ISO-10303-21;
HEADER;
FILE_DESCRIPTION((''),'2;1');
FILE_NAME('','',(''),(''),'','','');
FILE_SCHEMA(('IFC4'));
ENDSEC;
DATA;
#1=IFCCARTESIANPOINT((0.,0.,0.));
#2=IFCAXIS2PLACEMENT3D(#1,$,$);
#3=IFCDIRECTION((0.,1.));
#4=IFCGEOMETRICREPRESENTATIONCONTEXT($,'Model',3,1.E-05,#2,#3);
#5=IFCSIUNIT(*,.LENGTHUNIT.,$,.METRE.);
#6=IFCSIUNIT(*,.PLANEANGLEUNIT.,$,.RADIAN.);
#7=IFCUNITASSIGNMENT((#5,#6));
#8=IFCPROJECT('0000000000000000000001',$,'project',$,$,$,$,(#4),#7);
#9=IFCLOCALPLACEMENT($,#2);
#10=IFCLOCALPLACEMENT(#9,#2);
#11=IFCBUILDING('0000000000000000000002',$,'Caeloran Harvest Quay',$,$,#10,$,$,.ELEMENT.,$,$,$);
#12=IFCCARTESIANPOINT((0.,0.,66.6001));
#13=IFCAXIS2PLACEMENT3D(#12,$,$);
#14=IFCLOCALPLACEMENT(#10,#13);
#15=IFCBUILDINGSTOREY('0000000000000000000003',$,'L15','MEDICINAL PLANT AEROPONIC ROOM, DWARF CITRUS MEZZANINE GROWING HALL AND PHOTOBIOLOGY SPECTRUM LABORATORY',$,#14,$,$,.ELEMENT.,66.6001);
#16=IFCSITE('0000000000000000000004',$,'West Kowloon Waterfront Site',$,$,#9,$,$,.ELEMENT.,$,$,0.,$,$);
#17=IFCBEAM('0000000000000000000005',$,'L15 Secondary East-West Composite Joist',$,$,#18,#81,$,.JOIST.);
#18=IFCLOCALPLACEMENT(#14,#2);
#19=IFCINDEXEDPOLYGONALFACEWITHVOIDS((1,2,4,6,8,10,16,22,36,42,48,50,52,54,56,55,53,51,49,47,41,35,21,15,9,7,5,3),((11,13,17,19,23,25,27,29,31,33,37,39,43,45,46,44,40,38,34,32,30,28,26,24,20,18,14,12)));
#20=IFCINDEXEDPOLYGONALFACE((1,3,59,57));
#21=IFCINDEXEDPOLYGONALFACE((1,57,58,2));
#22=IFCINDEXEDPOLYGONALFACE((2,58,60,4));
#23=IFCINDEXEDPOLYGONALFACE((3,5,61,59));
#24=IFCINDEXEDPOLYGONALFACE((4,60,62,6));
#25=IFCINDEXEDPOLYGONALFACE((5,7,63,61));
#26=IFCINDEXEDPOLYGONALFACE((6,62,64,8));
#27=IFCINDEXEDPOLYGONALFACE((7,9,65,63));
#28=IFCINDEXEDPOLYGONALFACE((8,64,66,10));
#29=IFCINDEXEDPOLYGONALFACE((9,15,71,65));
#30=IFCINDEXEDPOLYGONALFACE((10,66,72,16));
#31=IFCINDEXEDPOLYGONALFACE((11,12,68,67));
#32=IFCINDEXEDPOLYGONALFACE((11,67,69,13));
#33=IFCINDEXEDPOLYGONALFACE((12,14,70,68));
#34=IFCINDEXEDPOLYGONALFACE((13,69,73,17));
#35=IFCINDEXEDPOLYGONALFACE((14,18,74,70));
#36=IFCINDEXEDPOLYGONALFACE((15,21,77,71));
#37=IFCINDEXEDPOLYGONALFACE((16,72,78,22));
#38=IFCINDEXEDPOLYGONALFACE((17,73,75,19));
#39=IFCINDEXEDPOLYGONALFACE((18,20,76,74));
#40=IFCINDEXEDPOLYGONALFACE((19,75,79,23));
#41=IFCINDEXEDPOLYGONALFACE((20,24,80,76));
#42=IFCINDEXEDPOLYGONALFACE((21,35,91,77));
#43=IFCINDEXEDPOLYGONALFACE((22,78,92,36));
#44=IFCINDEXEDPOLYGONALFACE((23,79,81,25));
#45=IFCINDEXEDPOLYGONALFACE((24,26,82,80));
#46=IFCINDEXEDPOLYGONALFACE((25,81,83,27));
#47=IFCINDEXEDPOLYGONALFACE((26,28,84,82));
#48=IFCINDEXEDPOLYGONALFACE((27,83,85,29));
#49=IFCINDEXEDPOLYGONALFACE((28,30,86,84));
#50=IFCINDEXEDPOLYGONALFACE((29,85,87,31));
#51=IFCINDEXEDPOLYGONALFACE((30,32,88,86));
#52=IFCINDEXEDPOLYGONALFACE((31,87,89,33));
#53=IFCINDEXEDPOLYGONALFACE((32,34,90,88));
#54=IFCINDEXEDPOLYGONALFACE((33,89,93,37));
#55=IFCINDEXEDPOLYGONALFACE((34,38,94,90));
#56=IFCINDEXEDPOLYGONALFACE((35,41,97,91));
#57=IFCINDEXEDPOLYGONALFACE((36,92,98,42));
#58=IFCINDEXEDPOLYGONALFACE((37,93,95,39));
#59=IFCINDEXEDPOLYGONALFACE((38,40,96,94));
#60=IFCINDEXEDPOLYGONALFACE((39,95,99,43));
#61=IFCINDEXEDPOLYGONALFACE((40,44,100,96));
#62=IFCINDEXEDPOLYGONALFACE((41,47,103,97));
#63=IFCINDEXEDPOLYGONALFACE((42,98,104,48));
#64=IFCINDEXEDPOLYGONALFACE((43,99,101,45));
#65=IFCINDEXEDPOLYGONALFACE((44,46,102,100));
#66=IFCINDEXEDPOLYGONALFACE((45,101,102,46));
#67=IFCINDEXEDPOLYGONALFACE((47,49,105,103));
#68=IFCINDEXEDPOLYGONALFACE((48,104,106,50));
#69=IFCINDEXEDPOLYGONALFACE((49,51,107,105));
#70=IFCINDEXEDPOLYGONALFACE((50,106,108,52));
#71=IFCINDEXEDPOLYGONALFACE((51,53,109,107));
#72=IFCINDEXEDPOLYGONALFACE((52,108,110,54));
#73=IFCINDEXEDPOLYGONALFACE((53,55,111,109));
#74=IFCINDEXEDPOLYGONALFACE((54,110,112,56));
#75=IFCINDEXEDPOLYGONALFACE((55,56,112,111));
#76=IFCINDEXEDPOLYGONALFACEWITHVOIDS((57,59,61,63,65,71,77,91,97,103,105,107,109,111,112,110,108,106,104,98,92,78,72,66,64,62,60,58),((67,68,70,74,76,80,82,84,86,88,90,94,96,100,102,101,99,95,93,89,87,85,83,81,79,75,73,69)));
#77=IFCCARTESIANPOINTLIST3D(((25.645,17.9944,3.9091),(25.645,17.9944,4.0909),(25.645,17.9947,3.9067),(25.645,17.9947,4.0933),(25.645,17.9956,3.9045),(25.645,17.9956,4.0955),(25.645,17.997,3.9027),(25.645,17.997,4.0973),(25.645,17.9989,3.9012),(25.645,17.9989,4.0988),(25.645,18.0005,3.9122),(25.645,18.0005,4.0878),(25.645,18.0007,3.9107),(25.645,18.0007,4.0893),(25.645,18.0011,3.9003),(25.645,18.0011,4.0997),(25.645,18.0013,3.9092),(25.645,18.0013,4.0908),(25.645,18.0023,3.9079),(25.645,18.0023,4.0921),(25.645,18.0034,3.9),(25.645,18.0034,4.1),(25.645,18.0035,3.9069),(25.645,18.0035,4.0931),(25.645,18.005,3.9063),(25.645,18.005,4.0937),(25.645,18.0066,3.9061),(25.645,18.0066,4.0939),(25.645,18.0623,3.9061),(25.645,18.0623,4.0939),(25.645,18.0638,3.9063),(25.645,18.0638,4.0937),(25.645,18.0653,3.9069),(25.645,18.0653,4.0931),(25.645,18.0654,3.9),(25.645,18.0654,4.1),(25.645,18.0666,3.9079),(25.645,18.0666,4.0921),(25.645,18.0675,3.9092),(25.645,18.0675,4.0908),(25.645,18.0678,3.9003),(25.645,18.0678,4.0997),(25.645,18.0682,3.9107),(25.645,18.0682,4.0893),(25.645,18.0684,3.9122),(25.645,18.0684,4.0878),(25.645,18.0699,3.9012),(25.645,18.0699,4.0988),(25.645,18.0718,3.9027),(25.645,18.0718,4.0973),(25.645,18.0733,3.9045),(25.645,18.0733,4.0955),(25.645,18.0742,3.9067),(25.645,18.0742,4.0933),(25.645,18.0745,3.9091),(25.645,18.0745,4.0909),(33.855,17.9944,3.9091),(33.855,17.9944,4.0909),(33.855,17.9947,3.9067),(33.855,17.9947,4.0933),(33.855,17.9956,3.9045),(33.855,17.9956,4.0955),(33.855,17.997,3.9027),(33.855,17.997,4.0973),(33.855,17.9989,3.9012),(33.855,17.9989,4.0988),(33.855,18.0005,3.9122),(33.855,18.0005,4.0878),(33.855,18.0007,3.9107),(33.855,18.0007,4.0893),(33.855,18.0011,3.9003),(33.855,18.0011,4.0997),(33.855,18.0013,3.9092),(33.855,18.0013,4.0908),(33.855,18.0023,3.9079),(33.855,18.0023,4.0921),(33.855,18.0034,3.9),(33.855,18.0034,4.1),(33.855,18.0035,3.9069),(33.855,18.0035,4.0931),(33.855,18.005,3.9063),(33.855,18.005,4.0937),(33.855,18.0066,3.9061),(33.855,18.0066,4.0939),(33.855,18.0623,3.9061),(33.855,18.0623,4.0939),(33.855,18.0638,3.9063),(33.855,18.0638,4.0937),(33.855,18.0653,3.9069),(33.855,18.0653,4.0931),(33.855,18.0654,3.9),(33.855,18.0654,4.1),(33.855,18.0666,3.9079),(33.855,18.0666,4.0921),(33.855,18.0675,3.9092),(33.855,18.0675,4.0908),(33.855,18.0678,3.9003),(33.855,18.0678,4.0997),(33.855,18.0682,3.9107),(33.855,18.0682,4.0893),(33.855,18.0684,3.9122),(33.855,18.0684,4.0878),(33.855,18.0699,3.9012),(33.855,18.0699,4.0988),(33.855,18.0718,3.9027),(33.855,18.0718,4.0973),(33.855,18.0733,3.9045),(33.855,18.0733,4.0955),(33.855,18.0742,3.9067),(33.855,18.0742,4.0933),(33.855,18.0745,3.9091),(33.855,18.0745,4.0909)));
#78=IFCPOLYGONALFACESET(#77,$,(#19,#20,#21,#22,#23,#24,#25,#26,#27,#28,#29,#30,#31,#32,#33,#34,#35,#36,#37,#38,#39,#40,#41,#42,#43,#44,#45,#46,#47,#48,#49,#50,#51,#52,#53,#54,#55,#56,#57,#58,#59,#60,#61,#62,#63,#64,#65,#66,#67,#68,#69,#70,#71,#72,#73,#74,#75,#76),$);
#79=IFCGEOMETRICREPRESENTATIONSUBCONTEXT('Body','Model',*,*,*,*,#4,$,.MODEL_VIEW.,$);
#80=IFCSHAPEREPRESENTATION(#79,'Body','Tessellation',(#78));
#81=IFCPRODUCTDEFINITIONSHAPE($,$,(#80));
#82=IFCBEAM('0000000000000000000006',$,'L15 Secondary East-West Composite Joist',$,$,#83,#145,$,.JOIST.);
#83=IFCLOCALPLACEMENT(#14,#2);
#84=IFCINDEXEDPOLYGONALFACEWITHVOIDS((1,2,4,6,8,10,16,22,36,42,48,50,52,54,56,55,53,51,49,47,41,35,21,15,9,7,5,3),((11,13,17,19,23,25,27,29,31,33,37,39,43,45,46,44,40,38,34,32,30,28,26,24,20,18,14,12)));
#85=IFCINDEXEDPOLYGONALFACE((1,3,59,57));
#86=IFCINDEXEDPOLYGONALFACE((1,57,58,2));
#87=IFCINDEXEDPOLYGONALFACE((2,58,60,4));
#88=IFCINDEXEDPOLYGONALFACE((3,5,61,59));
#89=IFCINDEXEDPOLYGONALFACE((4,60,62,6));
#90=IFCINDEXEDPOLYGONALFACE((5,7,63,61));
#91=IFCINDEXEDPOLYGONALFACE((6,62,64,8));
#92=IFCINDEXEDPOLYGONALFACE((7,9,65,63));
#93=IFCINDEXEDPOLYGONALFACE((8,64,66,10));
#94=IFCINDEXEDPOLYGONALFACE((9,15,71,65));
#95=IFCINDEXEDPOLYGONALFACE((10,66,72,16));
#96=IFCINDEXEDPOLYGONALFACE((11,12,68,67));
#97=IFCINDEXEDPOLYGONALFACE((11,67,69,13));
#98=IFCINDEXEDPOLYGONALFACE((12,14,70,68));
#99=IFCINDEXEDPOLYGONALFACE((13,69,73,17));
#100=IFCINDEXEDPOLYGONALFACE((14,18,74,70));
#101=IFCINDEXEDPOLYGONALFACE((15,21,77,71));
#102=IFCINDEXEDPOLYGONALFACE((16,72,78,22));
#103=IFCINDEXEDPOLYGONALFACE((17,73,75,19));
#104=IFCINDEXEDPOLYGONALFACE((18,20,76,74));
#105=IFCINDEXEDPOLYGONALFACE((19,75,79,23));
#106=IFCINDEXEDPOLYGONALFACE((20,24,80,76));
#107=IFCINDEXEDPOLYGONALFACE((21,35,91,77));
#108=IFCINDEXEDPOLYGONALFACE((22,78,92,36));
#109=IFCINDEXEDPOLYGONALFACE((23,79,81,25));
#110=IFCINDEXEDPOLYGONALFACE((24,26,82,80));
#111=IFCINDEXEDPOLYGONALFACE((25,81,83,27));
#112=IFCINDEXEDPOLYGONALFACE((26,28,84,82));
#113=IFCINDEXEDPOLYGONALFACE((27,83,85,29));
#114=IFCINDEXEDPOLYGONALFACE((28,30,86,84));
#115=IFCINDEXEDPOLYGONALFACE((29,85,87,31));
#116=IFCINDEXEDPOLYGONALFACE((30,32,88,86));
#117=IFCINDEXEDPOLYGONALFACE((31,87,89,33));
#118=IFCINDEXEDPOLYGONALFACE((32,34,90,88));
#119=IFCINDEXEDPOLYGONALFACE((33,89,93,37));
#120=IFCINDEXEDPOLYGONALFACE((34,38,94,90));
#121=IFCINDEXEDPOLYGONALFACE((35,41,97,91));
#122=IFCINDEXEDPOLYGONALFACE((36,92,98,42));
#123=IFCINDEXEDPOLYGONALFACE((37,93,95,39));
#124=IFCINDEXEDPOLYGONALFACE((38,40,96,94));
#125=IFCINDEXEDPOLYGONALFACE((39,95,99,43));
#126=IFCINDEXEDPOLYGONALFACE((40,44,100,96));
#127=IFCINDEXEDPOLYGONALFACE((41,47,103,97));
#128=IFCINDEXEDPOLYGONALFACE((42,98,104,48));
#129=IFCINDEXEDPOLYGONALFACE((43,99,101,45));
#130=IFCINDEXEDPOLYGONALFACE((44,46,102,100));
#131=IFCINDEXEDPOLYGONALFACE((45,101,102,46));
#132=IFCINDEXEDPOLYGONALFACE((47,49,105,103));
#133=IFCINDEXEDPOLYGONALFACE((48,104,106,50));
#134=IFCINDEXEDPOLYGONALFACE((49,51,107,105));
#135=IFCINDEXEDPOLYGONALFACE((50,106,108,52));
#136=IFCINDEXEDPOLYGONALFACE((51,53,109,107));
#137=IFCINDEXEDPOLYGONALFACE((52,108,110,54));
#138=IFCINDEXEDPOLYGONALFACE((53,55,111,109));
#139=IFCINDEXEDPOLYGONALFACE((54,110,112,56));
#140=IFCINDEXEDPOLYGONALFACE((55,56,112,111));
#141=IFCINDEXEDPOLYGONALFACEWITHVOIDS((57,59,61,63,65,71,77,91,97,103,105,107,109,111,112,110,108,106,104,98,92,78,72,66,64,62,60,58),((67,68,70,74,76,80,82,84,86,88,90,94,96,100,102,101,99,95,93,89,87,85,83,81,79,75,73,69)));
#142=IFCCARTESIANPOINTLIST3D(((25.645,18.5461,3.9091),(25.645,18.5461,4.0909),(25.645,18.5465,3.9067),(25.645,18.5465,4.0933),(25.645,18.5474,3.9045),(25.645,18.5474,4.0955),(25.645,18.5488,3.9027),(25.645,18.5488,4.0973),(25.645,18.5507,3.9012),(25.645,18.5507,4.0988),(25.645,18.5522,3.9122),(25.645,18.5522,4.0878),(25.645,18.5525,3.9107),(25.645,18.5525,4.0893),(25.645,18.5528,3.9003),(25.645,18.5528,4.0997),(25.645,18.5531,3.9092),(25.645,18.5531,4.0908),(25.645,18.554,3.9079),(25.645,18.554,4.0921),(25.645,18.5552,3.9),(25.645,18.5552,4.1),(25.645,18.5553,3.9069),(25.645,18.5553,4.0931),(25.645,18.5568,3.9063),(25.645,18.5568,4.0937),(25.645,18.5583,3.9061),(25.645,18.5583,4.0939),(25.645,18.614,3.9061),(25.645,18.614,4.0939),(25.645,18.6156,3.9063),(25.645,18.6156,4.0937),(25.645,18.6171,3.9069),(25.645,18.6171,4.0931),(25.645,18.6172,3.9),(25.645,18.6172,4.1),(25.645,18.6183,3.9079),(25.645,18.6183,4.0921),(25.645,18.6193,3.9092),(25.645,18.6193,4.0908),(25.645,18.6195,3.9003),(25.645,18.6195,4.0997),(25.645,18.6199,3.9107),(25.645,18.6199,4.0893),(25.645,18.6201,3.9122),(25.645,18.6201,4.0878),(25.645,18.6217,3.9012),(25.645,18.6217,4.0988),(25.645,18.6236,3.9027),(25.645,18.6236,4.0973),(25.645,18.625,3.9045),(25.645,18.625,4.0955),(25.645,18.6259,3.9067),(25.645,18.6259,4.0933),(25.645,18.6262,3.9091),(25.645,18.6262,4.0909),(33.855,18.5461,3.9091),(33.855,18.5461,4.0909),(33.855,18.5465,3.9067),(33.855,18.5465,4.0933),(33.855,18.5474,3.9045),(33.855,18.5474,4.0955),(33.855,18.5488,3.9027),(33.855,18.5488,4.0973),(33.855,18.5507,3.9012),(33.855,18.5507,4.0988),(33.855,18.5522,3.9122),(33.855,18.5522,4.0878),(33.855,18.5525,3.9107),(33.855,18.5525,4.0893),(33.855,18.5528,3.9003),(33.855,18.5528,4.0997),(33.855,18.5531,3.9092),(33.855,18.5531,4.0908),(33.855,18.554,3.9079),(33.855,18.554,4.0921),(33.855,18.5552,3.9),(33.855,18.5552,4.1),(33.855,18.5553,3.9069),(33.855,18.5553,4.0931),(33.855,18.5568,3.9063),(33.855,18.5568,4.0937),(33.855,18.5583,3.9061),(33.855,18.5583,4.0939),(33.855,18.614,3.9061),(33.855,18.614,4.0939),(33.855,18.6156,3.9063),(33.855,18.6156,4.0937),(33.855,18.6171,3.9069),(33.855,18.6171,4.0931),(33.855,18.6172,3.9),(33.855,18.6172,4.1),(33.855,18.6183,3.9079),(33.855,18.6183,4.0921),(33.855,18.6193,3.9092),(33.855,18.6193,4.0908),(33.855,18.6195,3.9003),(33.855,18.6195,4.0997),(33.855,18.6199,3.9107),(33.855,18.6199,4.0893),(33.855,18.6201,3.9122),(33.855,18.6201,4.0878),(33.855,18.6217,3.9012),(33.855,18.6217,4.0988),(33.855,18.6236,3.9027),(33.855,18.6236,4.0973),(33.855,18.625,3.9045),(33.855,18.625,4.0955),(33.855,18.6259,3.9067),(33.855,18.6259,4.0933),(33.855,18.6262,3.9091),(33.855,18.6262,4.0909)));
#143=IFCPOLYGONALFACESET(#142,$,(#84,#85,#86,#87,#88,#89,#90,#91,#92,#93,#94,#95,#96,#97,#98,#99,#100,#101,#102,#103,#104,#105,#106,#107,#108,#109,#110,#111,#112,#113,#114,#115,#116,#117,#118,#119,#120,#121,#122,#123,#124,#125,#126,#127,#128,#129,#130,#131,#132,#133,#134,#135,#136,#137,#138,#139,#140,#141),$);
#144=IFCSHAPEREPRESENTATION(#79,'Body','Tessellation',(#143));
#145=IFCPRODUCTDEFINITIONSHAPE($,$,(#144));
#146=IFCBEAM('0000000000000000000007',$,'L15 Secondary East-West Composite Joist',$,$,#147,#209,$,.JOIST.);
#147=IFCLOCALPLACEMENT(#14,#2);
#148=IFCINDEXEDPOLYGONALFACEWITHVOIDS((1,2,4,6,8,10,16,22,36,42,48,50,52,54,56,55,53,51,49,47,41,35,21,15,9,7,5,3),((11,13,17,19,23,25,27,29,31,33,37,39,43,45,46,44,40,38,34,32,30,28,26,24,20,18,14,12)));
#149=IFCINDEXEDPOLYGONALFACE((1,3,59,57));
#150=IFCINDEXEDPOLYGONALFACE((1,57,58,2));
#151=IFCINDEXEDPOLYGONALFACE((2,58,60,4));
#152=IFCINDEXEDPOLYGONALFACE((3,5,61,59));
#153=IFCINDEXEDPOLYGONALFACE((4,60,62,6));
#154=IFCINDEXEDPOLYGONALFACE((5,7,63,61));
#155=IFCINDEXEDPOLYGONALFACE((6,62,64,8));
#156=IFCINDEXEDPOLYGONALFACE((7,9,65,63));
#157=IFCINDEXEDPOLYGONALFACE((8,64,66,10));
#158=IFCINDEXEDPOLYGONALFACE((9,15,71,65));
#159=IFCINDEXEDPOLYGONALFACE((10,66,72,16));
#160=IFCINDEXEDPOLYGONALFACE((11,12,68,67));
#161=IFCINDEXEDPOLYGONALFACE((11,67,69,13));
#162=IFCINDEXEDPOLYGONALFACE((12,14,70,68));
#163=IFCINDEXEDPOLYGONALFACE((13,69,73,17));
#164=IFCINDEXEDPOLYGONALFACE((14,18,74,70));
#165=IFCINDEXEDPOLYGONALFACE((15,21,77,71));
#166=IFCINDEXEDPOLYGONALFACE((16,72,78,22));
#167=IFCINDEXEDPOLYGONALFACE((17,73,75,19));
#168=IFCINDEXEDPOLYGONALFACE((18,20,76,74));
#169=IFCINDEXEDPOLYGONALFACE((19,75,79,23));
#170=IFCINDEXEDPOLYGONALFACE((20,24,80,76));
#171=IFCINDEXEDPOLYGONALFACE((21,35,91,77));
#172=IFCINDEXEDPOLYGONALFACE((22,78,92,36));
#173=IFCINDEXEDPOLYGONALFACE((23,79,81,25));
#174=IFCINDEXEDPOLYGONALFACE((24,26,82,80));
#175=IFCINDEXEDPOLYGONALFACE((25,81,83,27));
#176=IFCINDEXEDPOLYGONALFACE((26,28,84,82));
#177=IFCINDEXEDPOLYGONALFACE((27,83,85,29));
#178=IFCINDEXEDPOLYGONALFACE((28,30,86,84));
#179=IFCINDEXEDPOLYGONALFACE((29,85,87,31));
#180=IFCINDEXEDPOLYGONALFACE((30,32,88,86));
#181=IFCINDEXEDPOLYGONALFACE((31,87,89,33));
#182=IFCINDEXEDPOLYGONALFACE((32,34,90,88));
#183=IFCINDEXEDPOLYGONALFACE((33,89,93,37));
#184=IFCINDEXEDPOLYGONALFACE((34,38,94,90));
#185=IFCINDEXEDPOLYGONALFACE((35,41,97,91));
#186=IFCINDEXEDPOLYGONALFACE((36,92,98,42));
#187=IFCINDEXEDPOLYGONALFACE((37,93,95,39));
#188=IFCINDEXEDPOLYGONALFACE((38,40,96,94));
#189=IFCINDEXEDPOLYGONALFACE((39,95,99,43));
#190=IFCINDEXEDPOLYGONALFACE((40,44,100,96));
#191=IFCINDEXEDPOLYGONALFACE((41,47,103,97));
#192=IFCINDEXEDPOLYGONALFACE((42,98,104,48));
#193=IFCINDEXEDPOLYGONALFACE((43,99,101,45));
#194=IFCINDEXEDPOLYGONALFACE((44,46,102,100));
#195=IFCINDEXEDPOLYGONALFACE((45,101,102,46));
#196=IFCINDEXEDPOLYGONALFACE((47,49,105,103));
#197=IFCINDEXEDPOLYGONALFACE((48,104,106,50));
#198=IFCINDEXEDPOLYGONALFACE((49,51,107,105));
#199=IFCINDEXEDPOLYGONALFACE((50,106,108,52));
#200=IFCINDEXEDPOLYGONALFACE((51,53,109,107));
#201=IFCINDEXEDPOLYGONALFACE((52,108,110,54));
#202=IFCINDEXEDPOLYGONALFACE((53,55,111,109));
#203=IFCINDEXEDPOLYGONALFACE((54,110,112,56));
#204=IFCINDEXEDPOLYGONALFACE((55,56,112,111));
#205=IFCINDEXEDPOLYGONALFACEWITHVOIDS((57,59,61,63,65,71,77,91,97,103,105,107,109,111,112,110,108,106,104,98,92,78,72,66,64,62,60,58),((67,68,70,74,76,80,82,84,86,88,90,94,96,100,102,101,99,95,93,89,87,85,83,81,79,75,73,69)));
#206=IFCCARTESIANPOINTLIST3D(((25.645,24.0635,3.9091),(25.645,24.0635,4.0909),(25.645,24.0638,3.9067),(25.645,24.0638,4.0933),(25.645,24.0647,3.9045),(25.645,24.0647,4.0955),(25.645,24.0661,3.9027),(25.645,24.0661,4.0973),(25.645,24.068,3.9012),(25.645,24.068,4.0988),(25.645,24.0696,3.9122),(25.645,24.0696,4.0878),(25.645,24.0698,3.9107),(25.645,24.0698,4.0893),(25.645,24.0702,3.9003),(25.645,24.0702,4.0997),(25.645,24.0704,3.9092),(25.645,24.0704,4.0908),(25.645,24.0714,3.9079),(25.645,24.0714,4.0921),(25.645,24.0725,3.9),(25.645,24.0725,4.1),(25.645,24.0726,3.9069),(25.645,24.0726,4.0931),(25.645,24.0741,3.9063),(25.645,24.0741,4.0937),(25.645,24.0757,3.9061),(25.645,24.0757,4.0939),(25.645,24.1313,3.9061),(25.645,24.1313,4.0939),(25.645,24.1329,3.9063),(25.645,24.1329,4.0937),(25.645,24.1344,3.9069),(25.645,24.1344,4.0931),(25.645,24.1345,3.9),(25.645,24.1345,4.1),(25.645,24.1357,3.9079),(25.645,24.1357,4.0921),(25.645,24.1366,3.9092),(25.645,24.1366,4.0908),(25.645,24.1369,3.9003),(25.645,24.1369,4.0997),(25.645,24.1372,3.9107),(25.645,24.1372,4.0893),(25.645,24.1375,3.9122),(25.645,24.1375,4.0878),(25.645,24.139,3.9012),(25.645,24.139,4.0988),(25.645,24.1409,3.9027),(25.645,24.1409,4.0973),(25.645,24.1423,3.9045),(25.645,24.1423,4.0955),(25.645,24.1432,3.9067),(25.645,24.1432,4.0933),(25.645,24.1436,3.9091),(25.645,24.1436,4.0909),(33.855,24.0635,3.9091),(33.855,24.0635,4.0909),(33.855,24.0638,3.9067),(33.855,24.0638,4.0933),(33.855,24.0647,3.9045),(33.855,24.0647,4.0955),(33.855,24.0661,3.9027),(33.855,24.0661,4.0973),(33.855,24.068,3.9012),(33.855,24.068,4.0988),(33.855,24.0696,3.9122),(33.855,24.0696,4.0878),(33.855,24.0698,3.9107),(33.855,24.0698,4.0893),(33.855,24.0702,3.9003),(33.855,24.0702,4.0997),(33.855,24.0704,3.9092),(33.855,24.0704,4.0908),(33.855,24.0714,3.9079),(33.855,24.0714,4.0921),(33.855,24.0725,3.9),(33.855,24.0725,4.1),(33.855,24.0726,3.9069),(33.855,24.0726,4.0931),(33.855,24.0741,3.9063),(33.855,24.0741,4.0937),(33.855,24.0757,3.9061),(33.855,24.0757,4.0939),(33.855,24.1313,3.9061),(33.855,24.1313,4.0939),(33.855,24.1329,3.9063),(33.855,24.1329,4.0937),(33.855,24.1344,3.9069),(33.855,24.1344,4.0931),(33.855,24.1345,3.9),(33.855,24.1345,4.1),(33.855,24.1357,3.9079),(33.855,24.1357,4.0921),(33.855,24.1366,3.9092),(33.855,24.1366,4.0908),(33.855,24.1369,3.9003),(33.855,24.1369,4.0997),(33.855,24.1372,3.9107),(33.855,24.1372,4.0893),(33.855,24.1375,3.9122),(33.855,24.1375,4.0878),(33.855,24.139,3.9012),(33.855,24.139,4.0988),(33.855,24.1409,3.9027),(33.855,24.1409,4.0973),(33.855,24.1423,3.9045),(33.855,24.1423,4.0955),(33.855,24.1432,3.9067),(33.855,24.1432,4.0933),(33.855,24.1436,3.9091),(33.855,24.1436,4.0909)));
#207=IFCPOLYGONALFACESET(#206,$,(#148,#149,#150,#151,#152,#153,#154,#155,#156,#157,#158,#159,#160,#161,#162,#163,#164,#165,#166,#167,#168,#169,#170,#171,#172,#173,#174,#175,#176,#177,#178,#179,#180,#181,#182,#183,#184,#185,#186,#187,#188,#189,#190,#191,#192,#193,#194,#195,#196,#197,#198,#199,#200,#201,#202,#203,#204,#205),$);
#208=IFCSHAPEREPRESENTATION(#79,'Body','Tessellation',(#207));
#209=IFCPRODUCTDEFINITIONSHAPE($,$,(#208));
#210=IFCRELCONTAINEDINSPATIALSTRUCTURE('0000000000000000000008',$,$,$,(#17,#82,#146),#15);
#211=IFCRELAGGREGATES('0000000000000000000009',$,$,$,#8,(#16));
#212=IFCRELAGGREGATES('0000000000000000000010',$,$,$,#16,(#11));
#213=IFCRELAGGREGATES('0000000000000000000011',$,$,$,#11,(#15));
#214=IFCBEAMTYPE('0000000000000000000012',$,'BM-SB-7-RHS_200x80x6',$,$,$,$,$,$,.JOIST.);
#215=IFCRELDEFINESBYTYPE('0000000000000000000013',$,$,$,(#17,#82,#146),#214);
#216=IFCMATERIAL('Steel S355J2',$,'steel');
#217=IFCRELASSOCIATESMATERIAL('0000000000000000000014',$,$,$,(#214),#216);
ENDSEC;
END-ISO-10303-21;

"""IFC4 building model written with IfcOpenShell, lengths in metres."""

from ifc_helpers import new_model, si_unit, direction, frame, origin, origin_2d, place, context, subcontext, project, spatial, hollow_rectangle, extrude, material, material_profile, profile_set, type_object, element, save


model = new_model("IFC4")

# Units and contexts
model_context = context("Model", 3, precision=1e-05, world=origin(), true_north=direction((0.0, 1.0)))
body_context = subcontext(model_context, "Body", "Model", "MODEL_VIEW")
ifc_project = project(units=[si_unit("LENGTHUNIT", "METRE"), si_unit("PLANEANGLEUNIT", "RADIAN")], contexts=[model_context])

# Site, building, storey
site_placement = place(None, origin())
site = spatial("IfcSite", under=ifc_project, at=site_placement, Name="West Kowloon Waterfront Site", CompositionType="ELEMENT", RefElevation=0.0)
building_placement = place(site_placement, origin())
building = spatial("IfcBuilding", under=site, at=building_placement, Name="Caeloran Harvest Quay", CompositionType="ELEMENT")
storey_placement = place(building_placement, frame((0.0, 0.0, 66.6001)))
storey = spatial("IfcBuildingStorey", under=building, at=storey_placement, Name="L15", Description="MEDICINAL PLANT AEROPONIC ROOM, DWARF CITRUS MEZZANINE GROWING HALL AND PHOTOBIOLOGY SPECTRUM LABORATORY", CompositionType="ELEMENT", Elevation=66.6001)

# Beams
ifc_material_1 = material(Name="Steel S355J2", Category="steel")
ifc_material_profile_1 = material_profile(ifc_material_1, hollow_rectangle(XDim=0.0801, YDim=0.2, WallThickness=0.0061, InnerFilletRadius=0.0061, OuterFilletRadius=0.009, at=origin_2d()), Name="RHS 200x80x6")
ifc_profile_set_1 = profile_set([ifc_material_profile_1], Name="Steel S355J2")
beam_type_1 = type_object("IfcBeamType", Name="BM-SB-7-RHS_200x80x6", PredefinedType="JOIST", material=ifc_profile_set_1)
for number, where, z_axis, x_axis, name in (
    (1, (25.645, 18.0344, 4.0), (1.0, 0.0, 0.0), (0.0, 1.0, 0.0), "L15 Secondary East-West Composite Joist"),
    (2, (25.645, 18.5862, 4.0), (1.0, 0.0, 0.0), (0.0, 1.0, 0.0), "L15 Secondary East-West Composite Joist"),
    (3, (25.645, 24.1035, 4.0), (1.0, 0.0, 0.0), (0.0, 1.0, 0.0), "L15 Secondary East-West Composite Joist"),
):
    element("IfcBeam", number, at=place(storey_placement, frame(where, z_axis=z_axis, x_axis=x_axis)), inside=storey, type_object=beam_type_1, Name=name, PredefinedType="JOIST", context=body_context, shape_type="SweptSolid", body=[
        extrude(hollow_rectangle(XDim=0.0801, YDim=0.2, WallThickness=0.0061, InnerFilletRadius=0.0061, OuterFilletRadius=0.009, at=origin_2d()), origin(), (0.0, 0.0, 1.0), 8.21),
    ])

save(model, "model.ifc")
